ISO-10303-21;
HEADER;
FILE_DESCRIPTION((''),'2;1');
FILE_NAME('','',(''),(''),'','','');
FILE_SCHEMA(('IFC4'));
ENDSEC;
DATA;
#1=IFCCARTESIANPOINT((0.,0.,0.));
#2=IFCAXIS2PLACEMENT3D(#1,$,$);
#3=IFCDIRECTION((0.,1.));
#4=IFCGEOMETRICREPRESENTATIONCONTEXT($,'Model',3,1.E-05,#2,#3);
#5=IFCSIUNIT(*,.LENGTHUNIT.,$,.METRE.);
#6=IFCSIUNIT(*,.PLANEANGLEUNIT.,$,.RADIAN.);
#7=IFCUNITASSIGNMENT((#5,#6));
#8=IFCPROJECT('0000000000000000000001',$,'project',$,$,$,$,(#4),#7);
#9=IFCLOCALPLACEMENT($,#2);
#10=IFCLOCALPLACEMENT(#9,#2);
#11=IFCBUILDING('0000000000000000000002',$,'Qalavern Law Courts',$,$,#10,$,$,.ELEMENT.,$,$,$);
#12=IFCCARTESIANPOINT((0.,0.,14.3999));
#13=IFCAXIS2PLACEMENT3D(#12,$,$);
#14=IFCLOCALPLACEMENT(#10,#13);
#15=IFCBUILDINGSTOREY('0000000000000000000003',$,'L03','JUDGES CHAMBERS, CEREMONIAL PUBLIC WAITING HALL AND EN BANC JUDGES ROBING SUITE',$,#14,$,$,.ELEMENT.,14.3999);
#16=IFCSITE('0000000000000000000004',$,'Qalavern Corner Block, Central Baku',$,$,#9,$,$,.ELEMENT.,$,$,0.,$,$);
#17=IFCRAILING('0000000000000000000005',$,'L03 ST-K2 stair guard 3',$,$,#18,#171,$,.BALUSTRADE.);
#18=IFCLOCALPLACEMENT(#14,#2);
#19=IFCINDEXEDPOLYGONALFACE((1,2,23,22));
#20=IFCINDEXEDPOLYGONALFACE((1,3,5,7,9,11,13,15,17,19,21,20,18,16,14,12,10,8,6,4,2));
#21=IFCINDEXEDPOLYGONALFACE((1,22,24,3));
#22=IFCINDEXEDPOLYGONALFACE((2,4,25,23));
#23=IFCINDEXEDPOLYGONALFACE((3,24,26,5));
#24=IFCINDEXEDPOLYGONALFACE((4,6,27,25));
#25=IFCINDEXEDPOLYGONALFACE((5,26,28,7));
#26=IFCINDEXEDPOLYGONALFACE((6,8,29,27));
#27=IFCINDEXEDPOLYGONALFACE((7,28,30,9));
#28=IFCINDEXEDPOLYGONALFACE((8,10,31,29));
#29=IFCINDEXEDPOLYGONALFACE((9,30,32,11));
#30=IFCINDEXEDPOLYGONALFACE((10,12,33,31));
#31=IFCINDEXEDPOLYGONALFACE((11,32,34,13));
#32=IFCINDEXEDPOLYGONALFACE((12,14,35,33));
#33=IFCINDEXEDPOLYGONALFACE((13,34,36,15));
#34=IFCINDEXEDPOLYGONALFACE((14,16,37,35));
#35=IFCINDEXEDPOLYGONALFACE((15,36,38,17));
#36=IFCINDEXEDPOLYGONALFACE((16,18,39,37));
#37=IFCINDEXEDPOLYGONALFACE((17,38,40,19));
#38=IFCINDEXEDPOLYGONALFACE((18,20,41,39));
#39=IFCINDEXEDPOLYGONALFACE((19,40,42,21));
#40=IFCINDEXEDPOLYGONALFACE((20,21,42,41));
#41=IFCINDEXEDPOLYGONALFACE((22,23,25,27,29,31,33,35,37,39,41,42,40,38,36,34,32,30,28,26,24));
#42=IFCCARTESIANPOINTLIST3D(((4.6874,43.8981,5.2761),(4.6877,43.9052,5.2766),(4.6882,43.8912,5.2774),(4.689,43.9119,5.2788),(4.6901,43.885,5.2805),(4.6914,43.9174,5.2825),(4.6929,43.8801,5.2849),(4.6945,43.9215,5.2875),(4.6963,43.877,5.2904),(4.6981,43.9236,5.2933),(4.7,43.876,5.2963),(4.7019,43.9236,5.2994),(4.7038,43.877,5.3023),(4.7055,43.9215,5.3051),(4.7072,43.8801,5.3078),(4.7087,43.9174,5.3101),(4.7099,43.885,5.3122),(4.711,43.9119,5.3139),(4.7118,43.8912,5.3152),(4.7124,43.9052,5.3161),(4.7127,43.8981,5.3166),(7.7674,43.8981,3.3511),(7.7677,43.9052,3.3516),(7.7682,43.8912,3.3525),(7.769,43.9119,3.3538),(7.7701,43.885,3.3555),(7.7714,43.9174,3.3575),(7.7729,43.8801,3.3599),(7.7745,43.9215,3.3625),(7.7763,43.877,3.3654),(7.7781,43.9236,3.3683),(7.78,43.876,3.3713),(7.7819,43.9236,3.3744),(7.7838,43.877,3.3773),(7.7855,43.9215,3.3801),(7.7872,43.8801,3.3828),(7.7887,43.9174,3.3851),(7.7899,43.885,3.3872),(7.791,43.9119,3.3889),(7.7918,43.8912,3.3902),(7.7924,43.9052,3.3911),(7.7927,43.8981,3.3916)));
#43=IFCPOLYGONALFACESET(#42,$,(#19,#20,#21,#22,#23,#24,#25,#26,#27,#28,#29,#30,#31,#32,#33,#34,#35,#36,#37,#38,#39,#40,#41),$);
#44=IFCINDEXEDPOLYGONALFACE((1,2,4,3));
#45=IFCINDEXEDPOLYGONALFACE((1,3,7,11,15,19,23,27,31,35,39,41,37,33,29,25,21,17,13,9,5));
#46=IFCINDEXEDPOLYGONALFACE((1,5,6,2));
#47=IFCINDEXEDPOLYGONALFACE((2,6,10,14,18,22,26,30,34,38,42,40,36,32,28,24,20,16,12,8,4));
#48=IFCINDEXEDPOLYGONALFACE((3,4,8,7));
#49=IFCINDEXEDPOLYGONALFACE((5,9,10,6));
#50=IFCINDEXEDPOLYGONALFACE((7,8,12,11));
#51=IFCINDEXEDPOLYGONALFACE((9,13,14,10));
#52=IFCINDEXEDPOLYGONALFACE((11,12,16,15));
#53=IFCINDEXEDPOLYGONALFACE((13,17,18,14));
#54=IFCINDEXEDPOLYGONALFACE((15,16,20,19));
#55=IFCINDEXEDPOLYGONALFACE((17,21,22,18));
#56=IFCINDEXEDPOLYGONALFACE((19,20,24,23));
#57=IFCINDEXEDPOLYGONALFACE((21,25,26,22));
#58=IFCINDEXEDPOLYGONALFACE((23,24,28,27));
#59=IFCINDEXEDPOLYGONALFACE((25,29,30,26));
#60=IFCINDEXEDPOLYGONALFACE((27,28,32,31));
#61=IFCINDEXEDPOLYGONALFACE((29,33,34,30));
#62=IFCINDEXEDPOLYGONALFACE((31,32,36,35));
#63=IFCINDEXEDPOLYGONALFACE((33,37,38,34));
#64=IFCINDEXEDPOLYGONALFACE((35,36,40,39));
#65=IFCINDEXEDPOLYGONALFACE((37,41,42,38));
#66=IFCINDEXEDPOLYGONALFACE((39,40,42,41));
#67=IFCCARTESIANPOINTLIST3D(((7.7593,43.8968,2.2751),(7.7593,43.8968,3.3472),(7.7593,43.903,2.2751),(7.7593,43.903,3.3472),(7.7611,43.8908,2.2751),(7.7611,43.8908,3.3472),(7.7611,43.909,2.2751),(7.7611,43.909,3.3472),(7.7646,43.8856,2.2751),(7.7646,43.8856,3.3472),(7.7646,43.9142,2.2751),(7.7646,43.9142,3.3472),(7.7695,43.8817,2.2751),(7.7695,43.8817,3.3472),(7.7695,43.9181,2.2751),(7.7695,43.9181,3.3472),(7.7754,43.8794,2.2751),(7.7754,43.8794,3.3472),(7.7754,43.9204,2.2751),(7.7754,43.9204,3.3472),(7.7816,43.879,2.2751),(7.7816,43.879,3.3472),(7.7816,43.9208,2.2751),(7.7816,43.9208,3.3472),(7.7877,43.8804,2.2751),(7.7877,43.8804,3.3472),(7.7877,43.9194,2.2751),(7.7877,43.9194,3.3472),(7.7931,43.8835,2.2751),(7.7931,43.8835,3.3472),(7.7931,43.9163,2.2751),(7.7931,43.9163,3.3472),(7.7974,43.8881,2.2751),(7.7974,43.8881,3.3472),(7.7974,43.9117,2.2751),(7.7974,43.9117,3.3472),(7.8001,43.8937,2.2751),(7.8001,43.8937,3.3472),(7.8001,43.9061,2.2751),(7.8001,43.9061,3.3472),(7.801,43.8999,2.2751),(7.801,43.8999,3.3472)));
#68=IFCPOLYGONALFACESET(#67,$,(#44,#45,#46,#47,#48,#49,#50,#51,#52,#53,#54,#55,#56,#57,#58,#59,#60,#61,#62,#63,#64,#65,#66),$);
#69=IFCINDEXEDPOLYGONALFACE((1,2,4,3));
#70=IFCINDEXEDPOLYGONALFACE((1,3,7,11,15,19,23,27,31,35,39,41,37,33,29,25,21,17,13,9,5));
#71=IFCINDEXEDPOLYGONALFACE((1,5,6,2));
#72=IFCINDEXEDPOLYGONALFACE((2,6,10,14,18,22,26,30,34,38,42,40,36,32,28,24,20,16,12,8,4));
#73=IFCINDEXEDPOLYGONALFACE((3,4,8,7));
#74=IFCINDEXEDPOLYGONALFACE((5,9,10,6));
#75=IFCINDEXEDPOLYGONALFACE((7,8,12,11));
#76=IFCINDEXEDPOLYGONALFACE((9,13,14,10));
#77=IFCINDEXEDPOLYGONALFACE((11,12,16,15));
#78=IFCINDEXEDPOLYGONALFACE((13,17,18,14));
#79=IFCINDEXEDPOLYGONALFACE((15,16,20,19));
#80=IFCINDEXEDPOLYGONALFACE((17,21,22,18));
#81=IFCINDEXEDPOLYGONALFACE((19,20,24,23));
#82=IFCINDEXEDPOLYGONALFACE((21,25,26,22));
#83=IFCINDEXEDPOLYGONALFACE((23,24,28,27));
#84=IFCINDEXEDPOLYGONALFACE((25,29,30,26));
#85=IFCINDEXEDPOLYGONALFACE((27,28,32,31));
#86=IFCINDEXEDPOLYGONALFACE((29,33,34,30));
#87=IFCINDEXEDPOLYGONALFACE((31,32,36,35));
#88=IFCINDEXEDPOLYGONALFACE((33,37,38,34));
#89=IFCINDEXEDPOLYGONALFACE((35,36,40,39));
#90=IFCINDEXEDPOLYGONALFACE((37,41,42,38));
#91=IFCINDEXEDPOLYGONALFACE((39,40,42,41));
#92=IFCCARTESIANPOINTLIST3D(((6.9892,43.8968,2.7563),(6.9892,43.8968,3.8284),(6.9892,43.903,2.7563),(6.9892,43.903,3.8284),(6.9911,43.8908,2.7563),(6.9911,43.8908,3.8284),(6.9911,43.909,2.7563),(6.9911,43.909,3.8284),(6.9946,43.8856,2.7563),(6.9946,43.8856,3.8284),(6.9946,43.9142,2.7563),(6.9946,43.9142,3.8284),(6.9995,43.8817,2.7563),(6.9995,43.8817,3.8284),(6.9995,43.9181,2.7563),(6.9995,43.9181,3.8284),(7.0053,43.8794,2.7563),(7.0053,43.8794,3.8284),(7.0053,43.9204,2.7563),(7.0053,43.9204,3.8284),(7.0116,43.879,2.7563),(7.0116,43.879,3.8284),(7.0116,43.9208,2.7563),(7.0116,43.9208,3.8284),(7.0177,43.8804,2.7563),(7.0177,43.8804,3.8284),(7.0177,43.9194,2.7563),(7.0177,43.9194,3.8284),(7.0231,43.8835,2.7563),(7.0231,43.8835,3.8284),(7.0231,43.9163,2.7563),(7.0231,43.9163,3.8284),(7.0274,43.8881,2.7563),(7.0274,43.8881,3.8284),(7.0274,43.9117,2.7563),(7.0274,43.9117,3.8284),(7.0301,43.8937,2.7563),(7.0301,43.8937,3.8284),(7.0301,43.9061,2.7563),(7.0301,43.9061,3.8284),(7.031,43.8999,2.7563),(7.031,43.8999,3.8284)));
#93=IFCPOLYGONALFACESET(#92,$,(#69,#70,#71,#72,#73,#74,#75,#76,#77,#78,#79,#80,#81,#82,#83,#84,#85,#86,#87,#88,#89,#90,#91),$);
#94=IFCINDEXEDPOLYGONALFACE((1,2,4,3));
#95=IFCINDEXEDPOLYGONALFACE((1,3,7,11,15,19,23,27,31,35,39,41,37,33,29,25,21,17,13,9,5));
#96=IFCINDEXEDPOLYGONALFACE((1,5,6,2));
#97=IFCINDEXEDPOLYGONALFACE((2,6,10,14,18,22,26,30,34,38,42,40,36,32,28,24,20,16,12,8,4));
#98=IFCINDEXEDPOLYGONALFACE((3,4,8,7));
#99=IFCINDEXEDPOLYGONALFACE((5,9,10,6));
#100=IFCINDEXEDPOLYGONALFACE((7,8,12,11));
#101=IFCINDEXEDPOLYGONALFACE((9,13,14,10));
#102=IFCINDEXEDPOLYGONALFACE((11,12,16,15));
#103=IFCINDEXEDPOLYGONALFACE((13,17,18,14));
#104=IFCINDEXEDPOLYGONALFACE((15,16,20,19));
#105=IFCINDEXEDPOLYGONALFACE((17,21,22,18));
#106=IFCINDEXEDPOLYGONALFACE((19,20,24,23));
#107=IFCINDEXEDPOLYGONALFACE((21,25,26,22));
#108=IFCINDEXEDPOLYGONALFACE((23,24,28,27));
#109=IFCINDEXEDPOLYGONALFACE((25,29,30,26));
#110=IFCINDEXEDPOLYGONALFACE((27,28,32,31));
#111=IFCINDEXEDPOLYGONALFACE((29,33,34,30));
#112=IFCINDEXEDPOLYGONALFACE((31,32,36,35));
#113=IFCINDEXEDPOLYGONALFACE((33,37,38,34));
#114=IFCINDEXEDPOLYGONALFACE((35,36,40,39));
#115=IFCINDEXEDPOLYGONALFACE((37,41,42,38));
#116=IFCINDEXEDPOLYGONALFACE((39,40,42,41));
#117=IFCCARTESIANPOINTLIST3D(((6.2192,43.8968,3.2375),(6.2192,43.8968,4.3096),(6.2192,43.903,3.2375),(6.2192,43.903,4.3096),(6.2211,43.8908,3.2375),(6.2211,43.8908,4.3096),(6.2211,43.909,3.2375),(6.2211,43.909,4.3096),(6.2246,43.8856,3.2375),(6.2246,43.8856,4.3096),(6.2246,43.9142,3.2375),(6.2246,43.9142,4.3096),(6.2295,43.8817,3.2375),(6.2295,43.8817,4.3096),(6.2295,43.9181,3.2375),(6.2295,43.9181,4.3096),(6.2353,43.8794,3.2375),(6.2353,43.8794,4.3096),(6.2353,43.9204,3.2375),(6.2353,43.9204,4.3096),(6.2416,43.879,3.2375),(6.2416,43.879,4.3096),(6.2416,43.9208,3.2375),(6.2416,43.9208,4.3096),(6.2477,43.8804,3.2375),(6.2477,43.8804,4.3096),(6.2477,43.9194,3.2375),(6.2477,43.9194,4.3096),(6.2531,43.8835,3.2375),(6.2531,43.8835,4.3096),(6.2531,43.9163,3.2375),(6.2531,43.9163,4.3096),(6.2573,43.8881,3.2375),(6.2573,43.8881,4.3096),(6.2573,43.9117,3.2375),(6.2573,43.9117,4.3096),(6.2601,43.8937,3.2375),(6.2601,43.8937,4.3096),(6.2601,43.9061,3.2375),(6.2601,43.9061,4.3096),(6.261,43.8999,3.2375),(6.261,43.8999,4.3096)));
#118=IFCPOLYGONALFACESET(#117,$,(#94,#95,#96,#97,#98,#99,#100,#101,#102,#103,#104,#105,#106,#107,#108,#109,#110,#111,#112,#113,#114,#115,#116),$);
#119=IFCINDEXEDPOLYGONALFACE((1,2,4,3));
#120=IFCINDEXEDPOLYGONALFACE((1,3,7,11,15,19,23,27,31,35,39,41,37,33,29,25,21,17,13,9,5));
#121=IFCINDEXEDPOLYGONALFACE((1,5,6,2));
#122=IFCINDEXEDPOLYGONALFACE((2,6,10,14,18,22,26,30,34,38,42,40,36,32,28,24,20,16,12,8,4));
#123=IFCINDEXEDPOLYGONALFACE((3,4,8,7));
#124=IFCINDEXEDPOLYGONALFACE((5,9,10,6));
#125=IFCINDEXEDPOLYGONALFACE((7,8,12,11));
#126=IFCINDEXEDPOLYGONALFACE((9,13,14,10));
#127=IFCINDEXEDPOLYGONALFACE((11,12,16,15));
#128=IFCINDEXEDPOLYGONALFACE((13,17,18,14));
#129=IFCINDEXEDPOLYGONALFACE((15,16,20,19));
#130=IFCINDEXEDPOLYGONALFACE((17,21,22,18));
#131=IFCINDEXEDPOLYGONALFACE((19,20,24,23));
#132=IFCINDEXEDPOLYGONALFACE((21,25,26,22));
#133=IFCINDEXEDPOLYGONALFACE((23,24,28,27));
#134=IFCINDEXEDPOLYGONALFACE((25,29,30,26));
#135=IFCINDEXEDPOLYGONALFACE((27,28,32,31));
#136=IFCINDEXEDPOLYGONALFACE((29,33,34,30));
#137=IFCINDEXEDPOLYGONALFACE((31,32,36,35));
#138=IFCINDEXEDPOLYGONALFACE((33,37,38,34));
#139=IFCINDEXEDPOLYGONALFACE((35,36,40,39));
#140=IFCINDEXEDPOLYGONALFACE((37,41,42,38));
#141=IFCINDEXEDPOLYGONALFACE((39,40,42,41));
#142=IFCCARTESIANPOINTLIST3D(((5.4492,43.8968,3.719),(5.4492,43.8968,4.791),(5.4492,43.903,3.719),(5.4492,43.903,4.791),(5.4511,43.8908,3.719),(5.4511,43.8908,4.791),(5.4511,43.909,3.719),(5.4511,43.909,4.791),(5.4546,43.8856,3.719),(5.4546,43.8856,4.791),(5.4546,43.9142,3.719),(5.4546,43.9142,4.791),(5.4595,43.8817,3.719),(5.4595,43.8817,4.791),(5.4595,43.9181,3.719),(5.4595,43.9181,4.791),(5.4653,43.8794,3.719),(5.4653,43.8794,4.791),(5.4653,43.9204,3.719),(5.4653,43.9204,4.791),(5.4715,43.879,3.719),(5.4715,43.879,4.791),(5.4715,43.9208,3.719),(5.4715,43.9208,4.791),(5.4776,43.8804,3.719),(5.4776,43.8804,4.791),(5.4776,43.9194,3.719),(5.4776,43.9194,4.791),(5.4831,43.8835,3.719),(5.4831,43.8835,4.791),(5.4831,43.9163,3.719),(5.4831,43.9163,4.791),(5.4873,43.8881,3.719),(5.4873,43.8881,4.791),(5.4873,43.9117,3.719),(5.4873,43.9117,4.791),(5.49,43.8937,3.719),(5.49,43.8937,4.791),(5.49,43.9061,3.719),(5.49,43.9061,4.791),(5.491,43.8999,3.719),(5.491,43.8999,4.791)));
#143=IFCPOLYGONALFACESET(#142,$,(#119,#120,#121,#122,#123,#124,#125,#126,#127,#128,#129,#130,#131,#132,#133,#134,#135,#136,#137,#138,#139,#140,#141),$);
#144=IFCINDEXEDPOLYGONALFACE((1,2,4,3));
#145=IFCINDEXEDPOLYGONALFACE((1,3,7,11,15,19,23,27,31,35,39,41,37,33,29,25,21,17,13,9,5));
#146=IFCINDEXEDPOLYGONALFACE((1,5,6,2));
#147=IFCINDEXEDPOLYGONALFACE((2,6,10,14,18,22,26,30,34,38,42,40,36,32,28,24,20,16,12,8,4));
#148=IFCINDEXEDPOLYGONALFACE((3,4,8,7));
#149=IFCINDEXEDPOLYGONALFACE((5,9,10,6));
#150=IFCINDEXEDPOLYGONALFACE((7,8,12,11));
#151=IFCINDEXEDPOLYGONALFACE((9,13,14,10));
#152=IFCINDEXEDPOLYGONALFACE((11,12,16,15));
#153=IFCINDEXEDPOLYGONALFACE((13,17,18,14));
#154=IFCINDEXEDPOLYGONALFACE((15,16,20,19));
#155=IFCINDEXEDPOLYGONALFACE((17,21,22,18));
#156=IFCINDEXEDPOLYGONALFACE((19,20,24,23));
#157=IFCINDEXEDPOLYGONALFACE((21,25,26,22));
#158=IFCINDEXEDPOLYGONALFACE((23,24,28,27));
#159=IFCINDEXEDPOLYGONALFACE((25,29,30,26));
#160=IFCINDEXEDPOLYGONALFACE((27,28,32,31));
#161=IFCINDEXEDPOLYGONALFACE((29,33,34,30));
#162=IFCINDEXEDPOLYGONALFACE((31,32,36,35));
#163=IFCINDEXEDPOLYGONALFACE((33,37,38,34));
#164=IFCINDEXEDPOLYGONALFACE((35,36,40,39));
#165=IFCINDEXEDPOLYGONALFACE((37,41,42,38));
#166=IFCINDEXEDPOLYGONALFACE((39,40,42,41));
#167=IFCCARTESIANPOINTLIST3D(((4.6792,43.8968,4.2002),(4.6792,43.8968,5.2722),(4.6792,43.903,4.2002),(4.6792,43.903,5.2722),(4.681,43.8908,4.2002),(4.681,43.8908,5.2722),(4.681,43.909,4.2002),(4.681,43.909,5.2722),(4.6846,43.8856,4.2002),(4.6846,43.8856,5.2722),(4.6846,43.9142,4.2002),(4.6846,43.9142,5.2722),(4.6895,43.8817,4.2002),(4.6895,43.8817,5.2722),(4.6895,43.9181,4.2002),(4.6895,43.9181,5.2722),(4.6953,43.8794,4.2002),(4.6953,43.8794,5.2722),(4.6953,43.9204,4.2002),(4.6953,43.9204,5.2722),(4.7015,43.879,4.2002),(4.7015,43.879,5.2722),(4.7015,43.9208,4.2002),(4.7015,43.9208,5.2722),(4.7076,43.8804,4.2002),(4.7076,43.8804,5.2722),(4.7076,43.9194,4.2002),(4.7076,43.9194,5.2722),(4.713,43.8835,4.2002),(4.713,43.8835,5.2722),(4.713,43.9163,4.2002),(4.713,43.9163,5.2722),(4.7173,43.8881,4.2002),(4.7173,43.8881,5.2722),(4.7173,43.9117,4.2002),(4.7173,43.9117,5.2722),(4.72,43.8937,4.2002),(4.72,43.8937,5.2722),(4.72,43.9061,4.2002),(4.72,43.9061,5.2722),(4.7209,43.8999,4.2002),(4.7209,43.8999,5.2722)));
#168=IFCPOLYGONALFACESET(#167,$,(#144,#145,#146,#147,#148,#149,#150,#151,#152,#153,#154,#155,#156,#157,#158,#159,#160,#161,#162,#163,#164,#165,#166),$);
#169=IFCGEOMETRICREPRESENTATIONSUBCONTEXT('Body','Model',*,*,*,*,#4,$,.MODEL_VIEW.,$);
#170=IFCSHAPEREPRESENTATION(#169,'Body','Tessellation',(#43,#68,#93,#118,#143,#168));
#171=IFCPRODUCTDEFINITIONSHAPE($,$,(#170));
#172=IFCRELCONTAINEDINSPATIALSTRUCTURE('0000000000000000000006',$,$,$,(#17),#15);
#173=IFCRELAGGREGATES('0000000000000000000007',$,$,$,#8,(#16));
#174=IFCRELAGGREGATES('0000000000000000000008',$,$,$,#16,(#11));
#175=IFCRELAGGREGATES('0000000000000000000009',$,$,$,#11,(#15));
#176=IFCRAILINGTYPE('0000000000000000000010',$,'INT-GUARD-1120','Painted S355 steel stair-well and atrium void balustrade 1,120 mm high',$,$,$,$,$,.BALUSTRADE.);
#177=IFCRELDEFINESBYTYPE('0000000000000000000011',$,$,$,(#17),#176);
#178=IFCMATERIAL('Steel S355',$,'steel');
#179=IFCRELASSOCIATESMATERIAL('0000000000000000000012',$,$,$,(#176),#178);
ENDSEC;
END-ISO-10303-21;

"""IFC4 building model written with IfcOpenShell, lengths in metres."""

from ifc_helpers import new_model, si_unit, direction, frame, origin, origin_2d, place, context, subcontext, project, spatial, circle, extrude, material, type_object, element, save


model = new_model("IFC4")

# Units and contexts
model_context = context("Model", 3, precision=1e-05, world=origin(), true_north=direction((0.0, 1.0)))
body_context = subcontext(model_context, "Body", "Model", "MODEL_VIEW")
ifc_project = project(units=[si_unit("LENGTHUNIT", "METRE"), si_unit("PLANEANGLEUNIT", "RADIAN")], contexts=[model_context])

# Site, building, storey
site_placement = place(None, origin())
site = spatial("IfcSite", under=ifc_project, at=site_placement, Name="Qalavern Corner Block, Central Baku", CompositionType="ELEMENT", RefElevation=0.0)
building_placement = place(site_placement, origin())
building = spatial("IfcBuilding", under=site, at=building_placement, Name="Qalavern Law Courts", CompositionType="ELEMENT")
storey_placement = place(building_placement, frame((0.0, 0.0, 14.3999)))
storey = spatial("IfcBuildingStorey", under=building, at=storey_placement, Name="L03", Description="JUDGES CHAMBERS, CEREMONIAL PUBLIC WAITING HALL AND EN BANC JUDGES ROBING SUITE", CompositionType="ELEMENT", Elevation=14.3999)

# Shared definitions
ifc_material_1 = material(Name="Steel S355", Category="steel")

# Railing
railing_type_1 = type_object("IfcRailingType", Name="INT-GUARD-1120", Description="Painted S355 steel stair-well and atrium void balustrade 1,120 mm high", PredefinedType="BALUSTRADE", material=ifc_material_1)
railing_1_placement = place(storey_placement, frame((7.78, 43.8999, 2.2751)))
element("IfcRailing", 1, at=railing_1_placement, inside=storey, type_object=railing_type_1, Name="L03 ST-K2 stair guard 3", PredefinedType="BALUSTRADE", context=body_context, shape_type="SweptSolid", body=[
    extrude(circle(Radius=0.0239, at=origin_2d()), frame((0.0, 0.0, 1.0962), z_axis=(-0.847998, 0.0, 0.529999), x_axis=(0.0, -1.0, 0.0)), (0.0, 0.0, 1.0), 3.6321),
    extrude(circle(Radius=0.021, at=origin_2d()), origin(), (0.0, 0.0, 1.0), 1.072),
    extrude(circle(Radius=0.021, at=origin_2d()), frame((-0.77, 0.0, 0.4812)), (0.0, 0.0, 1.0), 1.072),
    extrude(circle(Radius=0.021, at=origin_2d()), frame((-1.54, 0.0, 0.9624)), (0.0, 0.0, 1.0), 1.072),
    extrude(circle(Radius=0.021, at=origin_2d()), frame((-2.3101, 0.0, 1.4438)), (0.0, 0.0, 1.0), 1.072),
    extrude(circle(Radius=0.021, at=origin_2d()), frame((-3.0801, 0.0, 1.925)), (0.0, 0.0, 1.0), 1.072),
])

save(model, "model.ifc")
